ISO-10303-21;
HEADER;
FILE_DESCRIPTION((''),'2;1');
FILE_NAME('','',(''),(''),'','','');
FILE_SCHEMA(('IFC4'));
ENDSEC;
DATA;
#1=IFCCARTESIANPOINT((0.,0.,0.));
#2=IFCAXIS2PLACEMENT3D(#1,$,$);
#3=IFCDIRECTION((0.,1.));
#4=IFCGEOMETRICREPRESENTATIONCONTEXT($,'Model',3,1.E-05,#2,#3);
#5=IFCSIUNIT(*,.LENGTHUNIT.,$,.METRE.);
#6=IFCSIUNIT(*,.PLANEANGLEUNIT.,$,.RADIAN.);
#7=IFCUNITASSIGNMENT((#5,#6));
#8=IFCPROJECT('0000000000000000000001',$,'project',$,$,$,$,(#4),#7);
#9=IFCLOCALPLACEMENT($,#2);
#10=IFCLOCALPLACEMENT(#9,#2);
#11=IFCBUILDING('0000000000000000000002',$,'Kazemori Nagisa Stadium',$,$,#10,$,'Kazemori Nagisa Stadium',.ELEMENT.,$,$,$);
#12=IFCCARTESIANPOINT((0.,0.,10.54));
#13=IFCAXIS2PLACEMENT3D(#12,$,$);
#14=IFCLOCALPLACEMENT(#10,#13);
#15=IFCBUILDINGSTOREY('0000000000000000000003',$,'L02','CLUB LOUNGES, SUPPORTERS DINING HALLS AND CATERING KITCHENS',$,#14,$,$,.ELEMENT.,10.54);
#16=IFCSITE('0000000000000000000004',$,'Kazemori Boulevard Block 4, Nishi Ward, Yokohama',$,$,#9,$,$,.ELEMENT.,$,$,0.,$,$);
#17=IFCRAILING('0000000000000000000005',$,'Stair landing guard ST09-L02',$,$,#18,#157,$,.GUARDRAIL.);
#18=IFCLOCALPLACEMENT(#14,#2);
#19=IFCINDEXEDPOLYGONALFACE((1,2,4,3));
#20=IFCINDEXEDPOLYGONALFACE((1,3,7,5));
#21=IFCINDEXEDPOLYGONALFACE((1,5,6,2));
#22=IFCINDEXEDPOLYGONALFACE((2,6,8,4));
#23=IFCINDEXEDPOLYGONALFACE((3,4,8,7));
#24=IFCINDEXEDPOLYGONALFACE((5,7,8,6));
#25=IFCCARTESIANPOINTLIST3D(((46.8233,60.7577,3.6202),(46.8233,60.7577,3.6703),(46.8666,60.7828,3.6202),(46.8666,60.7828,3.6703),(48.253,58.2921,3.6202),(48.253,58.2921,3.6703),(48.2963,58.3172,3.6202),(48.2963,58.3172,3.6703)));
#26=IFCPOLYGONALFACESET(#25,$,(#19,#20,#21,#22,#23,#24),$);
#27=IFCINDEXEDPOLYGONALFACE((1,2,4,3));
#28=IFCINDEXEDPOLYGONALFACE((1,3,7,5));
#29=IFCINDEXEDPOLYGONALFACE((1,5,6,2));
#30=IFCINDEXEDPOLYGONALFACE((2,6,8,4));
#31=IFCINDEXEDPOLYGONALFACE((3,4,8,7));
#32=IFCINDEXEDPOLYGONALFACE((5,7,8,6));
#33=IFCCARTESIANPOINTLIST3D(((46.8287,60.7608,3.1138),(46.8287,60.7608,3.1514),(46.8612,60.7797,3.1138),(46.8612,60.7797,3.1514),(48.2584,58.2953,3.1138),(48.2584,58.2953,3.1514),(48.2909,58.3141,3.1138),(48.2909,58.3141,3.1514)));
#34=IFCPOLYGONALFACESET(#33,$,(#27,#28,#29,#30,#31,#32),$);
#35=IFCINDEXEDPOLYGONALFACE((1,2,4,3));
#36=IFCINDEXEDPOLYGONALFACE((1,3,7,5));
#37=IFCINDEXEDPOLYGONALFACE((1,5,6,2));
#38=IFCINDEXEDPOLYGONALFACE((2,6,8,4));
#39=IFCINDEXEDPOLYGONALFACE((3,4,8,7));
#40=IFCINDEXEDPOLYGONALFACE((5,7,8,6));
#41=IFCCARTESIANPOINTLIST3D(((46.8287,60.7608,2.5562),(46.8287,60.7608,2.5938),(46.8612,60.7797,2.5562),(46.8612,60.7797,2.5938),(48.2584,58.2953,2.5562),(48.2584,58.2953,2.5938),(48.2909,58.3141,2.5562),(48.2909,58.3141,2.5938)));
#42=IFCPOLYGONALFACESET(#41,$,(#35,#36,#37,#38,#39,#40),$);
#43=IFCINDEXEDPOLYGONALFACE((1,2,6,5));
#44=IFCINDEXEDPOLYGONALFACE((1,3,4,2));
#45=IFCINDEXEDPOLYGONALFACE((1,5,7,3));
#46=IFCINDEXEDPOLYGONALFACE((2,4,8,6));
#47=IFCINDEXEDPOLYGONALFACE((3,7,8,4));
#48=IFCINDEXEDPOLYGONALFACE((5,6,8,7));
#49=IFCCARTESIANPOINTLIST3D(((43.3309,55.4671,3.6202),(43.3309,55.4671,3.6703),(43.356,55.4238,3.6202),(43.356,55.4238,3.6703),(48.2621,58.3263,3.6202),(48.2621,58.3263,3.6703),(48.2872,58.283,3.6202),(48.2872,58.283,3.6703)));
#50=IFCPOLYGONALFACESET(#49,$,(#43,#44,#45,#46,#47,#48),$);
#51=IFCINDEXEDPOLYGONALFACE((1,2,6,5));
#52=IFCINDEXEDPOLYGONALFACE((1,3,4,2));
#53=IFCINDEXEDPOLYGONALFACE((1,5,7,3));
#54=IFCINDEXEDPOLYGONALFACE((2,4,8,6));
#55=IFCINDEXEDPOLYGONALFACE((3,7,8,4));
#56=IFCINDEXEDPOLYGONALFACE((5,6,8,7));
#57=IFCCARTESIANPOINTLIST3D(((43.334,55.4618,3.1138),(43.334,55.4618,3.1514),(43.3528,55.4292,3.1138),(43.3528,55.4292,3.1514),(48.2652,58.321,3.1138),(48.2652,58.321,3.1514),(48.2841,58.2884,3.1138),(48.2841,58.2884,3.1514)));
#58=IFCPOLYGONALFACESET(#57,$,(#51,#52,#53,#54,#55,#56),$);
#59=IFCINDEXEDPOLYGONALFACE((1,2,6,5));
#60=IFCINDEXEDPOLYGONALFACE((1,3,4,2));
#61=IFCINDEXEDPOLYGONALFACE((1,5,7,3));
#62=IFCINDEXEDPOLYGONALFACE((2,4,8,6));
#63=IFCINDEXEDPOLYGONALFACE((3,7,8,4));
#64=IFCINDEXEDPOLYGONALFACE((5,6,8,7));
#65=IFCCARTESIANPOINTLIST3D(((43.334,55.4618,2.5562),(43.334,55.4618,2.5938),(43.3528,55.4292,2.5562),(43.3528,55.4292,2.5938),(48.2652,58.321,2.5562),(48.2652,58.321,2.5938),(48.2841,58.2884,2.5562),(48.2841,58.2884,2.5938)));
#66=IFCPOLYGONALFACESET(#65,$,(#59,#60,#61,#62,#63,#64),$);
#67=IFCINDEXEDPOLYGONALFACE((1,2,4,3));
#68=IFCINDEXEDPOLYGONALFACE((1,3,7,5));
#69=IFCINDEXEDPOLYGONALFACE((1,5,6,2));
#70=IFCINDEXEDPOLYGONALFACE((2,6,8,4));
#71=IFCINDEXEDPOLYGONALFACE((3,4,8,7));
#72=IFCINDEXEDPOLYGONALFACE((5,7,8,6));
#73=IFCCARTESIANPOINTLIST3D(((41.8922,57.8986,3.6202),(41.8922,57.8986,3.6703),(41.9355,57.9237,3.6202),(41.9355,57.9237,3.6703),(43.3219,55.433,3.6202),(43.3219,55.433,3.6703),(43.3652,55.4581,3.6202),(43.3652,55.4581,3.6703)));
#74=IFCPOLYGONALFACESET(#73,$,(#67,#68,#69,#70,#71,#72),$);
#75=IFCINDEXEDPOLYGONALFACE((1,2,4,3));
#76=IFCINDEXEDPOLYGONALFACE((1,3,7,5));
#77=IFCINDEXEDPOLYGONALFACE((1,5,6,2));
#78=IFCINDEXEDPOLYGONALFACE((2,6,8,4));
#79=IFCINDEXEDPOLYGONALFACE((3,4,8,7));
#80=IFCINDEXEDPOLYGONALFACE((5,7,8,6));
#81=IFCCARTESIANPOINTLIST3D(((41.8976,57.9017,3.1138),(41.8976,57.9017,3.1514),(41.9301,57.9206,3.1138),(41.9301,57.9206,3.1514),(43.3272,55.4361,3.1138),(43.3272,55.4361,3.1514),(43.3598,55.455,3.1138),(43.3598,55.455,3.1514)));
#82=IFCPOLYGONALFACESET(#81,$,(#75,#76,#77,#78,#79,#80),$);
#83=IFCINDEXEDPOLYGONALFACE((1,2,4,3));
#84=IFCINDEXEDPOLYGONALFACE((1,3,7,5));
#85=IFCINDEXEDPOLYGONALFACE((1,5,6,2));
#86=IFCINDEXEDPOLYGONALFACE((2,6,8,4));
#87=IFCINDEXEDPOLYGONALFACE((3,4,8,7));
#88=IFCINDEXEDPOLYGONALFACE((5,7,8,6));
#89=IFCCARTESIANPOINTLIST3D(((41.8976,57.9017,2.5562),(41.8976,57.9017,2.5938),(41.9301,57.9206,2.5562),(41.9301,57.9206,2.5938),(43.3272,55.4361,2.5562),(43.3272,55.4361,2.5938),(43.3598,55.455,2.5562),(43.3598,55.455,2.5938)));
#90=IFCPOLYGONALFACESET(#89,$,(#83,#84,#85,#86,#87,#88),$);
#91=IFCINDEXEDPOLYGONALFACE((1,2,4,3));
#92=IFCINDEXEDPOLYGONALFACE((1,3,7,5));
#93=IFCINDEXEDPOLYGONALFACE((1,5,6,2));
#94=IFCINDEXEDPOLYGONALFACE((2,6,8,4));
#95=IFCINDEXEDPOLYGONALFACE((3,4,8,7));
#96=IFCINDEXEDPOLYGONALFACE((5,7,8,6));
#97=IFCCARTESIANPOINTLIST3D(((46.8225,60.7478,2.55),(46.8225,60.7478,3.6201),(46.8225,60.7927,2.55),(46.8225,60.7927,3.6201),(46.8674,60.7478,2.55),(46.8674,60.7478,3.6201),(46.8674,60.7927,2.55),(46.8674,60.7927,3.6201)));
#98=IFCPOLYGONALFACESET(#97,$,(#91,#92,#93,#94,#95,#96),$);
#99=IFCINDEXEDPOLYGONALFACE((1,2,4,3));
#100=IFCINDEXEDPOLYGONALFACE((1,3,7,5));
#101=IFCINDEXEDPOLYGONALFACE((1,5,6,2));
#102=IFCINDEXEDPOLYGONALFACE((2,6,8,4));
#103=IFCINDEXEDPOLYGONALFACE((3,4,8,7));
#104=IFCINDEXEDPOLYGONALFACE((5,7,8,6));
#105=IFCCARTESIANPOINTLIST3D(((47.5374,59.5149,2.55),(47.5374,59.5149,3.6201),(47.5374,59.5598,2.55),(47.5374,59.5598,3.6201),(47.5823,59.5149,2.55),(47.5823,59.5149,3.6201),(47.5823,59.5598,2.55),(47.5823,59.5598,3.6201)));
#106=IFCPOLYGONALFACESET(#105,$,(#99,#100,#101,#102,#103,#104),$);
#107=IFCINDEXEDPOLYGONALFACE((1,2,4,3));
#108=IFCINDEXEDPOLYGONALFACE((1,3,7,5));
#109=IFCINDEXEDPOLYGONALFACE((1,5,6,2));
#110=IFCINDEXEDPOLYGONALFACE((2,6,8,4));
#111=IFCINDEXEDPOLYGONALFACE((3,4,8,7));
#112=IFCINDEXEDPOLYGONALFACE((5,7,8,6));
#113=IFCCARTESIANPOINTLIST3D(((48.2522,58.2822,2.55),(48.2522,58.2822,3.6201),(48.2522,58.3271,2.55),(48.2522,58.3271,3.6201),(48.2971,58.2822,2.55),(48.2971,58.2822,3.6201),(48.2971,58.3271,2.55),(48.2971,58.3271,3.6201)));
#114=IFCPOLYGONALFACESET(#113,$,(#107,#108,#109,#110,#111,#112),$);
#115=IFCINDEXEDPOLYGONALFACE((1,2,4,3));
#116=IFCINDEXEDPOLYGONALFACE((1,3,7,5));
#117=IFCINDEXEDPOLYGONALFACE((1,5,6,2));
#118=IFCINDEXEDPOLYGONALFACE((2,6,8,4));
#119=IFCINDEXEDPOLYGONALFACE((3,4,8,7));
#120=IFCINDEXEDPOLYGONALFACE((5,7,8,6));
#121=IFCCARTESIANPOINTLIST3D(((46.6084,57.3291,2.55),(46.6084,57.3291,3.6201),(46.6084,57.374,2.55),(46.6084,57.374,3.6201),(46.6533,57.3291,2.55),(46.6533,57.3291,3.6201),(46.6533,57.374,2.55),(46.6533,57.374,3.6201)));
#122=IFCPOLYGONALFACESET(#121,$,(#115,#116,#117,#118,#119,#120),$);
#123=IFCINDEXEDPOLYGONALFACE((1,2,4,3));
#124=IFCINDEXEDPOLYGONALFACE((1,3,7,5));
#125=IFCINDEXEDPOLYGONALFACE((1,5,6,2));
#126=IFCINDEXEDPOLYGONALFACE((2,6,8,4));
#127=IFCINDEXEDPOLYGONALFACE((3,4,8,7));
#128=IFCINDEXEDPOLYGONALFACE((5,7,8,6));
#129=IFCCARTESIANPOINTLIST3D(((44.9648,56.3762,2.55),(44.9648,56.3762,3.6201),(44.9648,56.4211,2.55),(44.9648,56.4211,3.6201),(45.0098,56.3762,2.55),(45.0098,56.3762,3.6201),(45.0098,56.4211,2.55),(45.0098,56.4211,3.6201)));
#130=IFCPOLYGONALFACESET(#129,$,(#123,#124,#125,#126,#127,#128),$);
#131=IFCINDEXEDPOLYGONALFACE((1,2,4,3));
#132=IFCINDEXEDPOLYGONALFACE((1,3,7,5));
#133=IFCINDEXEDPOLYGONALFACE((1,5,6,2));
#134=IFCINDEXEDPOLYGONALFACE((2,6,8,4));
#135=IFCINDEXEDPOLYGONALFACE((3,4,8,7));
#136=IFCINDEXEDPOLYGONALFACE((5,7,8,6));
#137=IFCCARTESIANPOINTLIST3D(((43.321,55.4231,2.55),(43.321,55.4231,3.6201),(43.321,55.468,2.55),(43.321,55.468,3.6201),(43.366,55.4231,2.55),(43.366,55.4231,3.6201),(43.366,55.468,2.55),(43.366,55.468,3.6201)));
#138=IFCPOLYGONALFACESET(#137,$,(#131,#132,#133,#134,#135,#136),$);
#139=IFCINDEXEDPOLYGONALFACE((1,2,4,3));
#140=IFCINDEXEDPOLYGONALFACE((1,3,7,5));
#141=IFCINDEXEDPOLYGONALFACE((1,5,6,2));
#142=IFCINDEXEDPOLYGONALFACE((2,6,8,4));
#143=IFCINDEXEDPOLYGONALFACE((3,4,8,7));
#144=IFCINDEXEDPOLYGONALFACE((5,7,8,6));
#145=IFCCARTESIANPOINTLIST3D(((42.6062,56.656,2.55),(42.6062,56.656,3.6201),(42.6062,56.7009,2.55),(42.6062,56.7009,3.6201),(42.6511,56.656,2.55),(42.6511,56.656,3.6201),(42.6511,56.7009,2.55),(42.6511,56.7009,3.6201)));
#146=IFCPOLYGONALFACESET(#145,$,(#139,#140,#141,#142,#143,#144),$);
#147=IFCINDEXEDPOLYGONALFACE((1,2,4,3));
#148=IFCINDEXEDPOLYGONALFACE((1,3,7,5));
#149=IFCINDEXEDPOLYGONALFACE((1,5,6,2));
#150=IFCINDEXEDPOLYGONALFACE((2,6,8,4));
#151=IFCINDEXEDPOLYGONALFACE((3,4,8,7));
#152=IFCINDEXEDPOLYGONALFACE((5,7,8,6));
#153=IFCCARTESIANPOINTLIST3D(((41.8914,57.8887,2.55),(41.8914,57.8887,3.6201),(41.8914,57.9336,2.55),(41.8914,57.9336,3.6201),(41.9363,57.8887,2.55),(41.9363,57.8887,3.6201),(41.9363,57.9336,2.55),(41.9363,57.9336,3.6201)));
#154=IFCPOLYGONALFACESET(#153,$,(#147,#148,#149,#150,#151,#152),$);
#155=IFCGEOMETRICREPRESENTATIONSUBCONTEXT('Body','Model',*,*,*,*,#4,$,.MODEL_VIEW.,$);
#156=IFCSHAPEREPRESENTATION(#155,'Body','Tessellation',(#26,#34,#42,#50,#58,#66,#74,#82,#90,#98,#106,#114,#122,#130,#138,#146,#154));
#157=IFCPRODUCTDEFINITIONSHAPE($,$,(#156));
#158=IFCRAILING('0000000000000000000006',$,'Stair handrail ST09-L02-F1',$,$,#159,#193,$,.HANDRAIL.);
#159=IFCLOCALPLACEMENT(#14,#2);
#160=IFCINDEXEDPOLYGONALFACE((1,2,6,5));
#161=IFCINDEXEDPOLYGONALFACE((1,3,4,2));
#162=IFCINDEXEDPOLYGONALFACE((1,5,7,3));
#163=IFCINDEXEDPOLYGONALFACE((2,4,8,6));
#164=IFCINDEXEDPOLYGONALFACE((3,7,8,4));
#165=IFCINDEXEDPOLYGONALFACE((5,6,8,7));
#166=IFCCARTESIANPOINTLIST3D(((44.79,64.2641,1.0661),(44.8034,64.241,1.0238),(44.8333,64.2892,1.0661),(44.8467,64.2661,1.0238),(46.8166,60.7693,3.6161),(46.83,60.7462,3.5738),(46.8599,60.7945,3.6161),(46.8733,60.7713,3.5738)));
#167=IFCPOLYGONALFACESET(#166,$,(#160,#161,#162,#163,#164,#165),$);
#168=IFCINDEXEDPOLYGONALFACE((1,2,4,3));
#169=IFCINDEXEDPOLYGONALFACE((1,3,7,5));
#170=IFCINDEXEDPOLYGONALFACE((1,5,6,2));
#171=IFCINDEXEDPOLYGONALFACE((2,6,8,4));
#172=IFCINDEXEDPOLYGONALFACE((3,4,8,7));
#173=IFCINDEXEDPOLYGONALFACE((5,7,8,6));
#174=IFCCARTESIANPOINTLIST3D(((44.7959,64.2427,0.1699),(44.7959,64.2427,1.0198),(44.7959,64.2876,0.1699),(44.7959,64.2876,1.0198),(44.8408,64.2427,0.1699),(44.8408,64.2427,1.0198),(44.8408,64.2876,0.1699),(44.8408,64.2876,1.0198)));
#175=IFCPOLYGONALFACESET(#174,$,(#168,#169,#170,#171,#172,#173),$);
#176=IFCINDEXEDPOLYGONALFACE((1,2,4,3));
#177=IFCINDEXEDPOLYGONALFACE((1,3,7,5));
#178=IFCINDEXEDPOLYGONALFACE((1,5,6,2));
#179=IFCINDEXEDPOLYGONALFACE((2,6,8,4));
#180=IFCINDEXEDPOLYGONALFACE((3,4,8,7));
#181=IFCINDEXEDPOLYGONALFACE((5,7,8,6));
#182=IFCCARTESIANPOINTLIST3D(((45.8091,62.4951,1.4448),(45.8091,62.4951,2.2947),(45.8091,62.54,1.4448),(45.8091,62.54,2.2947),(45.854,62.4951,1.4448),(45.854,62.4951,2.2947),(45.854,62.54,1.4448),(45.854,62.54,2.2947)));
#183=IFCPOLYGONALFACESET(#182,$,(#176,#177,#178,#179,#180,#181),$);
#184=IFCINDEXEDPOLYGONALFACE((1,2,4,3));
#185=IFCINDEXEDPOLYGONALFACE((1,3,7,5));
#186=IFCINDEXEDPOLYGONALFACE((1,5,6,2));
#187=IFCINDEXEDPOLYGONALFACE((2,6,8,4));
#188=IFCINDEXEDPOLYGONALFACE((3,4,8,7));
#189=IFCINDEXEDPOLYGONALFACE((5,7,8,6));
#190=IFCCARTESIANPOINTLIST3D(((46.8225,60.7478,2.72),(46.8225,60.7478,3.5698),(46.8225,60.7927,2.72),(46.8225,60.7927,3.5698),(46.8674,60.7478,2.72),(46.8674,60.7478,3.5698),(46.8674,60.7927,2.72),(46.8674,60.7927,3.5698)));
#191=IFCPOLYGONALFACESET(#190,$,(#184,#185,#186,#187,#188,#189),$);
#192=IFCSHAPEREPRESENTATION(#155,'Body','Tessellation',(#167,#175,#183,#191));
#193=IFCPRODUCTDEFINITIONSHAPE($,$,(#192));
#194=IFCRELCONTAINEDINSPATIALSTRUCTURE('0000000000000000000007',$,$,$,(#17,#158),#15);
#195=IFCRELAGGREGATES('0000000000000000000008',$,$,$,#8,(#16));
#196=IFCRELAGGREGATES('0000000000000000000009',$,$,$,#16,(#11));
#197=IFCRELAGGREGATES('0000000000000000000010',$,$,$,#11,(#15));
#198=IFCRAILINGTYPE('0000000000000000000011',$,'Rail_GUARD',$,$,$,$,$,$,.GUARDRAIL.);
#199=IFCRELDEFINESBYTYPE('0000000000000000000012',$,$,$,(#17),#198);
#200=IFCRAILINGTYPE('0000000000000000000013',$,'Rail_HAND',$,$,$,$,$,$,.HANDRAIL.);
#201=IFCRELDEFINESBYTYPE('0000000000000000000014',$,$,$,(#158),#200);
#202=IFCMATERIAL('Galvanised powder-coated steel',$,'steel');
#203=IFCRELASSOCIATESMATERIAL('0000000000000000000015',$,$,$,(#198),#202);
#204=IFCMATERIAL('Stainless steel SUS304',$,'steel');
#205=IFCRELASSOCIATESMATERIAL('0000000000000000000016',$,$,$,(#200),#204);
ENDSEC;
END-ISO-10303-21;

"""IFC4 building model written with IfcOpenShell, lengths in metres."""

from ifc_helpers import new_model, si_unit, direction, frame, origin, origin_2d, place, context, subcontext, project, spatial, rectangle, extrude, material, type_object, element, save


model = new_model("IFC4")

# Units and contexts
model_context = context("Model", 3, precision=1e-05, world=origin(), true_north=direction((0.0, 1.0)))
body_context = subcontext(model_context, "Body", "Model", "MODEL_VIEW")
ifc_project = project(units=[si_unit("LENGTHUNIT", "METRE"), si_unit("PLANEANGLEUNIT", "RADIAN")], contexts=[model_context])

# Site, building, storey
site_placement = place(None, origin())
site = spatial("IfcSite", under=ifc_project, at=site_placement, Name="Kazemori Boulevard Block 4, Nishi Ward, Yokohama", CompositionType="ELEMENT", RefElevation=0.0)
building_placement = place(site_placement, origin())
building = spatial("IfcBuilding", under=site, at=building_placement, Name="Kazemori Nagisa Stadium", LongName="Kazemori Nagisa Stadium", CompositionType="ELEMENT")
storey_placement = place(building_placement, frame((0.0, 0.0, 10.54)))
storey = spatial("IfcBuildingStorey", under=building, at=storey_placement, Name="L02", Description="CLUB LOUNGES, SUPPORTERS DINING HALLS AND CATERING KITCHENS", CompositionType="ELEMENT", Elevation=10.54)

# Shared definitions
ifc_material_1 = material(Name="Stainless steel SUS304", Category="steel")

# Railings
ifc_material_2 = material(Name="Galvanised powder-coated steel", Category="steel")
railing_type_1 = type_object("IfcRailingType", Name="Rail_GUARD", PredefinedType="GUARDRAIL", material=ifc_material_2)
railing_1_placement = place(storey_placement, frame((46.845, 60.7703, 2.55)))
element("IfcRailing", 1, at=railing_1_placement, inside=storey, type_object=railing_type_1, Name="Stair landing guard ST09-L02", PredefinedType="GUARDRAIL", context=body_context, shape_type="SweptSolid", body=[
    extrude(rectangle(XDim=0.05, YDim=0.05, at=origin_2d()), frame((0.0, 0.0, 1.0952), z_axis=(0.501627, -0.865084, 0.0), x_axis=(0.865084, 0.501627, 0.0)), (0.0, 0.0, 1.0), 2.8501),
    extrude(rectangle(XDim=0.0376, YDim=0.0376, at=origin_2d()), frame((0.0, 0.0, 0.5825), z_axis=(0.501627, -0.865084, 0.0), x_axis=(0.865084, 0.501627, 0.0)), (0.0, 0.0, 1.0), 2.8501),
    extrude(rectangle(XDim=0.0376, YDim=0.0376, at=origin_2d()), frame((0.0, 0.0, 0.0249), z_axis=(0.501627, -0.865084, 0.0), x_axis=(0.865084, 0.501627, 0.0)), (0.0, 0.0, 1.0), 2.8501),
    extrude(rectangle(XDim=0.05, YDim=0.05, at=origin_2d()), frame((1.4297, -2.4656, 1.0952), z_axis=(-0.865103, -0.501595, 0.0), x_axis=(0.501595, -0.865103, 0.0)), (0.0, 0.0, 1.0), 5.7002),
    extrude(rectangle(XDim=0.0376, YDim=0.0376, at=origin_2d()), frame((1.4297, -2.4656, 0.5825), z_axis=(-0.865103, -0.501595, 0.0), x_axis=(0.501595, -0.865103, 0.0)), (0.0, 0.0, 1.0), 5.7002),
    extrude(rectangle(XDim=0.0376, YDim=0.0376, at=origin_2d()), frame((1.4297, -2.4656, 0.0249), z_axis=(-0.865103, -0.501595, 0.0), x_axis=(0.501595, -0.865103, 0.0)), (0.0, 0.0, 1.0), 5.7002),
    extrude(rectangle(XDim=0.05, YDim=0.05, at=origin_2d()), frame((-3.5015, -5.3247, 1.0952), z_axis=(-0.501627, 0.865084, 0.0), x_axis=(-0.865084, -0.501627, 0.0)), (0.0, 0.0, 1.0), 2.8501),
    extrude(rectangle(XDim=0.0376, YDim=0.0376, at=origin_2d()), frame((-3.5015, -5.3247, 0.5825), z_axis=(-0.501627, 0.865084, 0.0), x_axis=(-0.865084, -0.501627, 0.0)), (0.0, 0.0, 1.0), 2.8501),
    extrude(rectangle(XDim=0.0376, YDim=0.0376, at=origin_2d()), frame((-3.5015, -5.3247, 0.0249), z_axis=(-0.501627, 0.865084, 0.0), x_axis=(-0.865084, -0.501627, 0.0)), (0.0, 0.0, 1.0), 2.8501),
    extrude(rectangle(XDim=0.0449, YDim=0.0449, at=origin_2d()), origin(), (0.0, 0.0, 1.0), 1.0701),
    extrude(rectangle(XDim=0.0449, YDim=0.0449, at=origin_2d()), frame((0.7148, -1.2329, 0.0)), (0.0, 0.0, 1.0), 1.0701),
    extrude(rectangle(XDim=0.0449, YDim=0.0449, at=origin_2d()), frame((1.4297, -2.4656, 0.0)), (0.0, 0.0, 1.0), 1.0701),
    extrude(rectangle(XDim=0.0449, YDim=0.0449, at=origin_2d()), frame((-0.2141, -3.4187, 0.0)), (0.0, 0.0, 1.0), 1.0701),
    extrude(rectangle(XDim=0.0449, YDim=0.0449, at=origin_2d()), frame((-1.8577, -4.3716, 0.0)), (0.0, 0.0, 1.0), 1.0701),
    extrude(rectangle(XDim=0.0449, YDim=0.0449, at=origin_2d()), frame((-3.5015, -5.3247, 0.0)), (0.0, 0.0, 1.0), 1.0701),
    extrude(rectangle(XDim=0.0449, YDim=0.0449, at=origin_2d()), frame((-4.2163, -4.0918, 0.0)), (0.0, 0.0, 1.0), 1.0701),
    extrude(rectangle(XDim=0.0449, YDim=0.0449, at=origin_2d()), frame((-4.9312, -2.8591, 0.0)), (0.0, 0.0, 1.0), 1.0701),
])
railing_type_2 = type_object("IfcRailingType", Name="Rail_HAND", PredefinedType="HANDRAIL", material=ifc_material_1)
railing_2_placement = place(storey_placement, frame((44.8184, 64.2651, 0.1699)))
element("IfcRailing", 2, at=railing_2_placement, inside=storey, type_object=railing_type_2, Name="Stair handrail ST09-L02-F1", PredefinedType="HANDRAIL", context=body_context, shape_type="SweptSolid", body=[
    extrude(rectangle(XDim=0.05, YDim=0.05, at=origin_2d()), frame((0.0, 0.0, 0.875), z_axis=(0.424203, -0.731535, 0.533768), x_axis=(0.865076, 0.501641, 0.0)), (0.0, 0.0, 1.0), 4.7773),
    extrude(rectangle(XDim=0.0449, YDim=0.0449, at=origin_2d()), origin(), (0.0, 0.0, 1.0), 0.8499),
    extrude(rectangle(XDim=0.0449, YDim=0.0449, at=origin_2d()), frame((1.0132, -1.7476, 1.2749)), (0.0, 0.0, 1.0), 0.8499),
    extrude(rectangle(XDim=0.0449, YDim=0.0449, at=origin_2d()), frame((2.0266, -3.4949, 2.55)), (0.0, 0.0, 1.0), 0.8499),
])

save(model, "model.ifc")
